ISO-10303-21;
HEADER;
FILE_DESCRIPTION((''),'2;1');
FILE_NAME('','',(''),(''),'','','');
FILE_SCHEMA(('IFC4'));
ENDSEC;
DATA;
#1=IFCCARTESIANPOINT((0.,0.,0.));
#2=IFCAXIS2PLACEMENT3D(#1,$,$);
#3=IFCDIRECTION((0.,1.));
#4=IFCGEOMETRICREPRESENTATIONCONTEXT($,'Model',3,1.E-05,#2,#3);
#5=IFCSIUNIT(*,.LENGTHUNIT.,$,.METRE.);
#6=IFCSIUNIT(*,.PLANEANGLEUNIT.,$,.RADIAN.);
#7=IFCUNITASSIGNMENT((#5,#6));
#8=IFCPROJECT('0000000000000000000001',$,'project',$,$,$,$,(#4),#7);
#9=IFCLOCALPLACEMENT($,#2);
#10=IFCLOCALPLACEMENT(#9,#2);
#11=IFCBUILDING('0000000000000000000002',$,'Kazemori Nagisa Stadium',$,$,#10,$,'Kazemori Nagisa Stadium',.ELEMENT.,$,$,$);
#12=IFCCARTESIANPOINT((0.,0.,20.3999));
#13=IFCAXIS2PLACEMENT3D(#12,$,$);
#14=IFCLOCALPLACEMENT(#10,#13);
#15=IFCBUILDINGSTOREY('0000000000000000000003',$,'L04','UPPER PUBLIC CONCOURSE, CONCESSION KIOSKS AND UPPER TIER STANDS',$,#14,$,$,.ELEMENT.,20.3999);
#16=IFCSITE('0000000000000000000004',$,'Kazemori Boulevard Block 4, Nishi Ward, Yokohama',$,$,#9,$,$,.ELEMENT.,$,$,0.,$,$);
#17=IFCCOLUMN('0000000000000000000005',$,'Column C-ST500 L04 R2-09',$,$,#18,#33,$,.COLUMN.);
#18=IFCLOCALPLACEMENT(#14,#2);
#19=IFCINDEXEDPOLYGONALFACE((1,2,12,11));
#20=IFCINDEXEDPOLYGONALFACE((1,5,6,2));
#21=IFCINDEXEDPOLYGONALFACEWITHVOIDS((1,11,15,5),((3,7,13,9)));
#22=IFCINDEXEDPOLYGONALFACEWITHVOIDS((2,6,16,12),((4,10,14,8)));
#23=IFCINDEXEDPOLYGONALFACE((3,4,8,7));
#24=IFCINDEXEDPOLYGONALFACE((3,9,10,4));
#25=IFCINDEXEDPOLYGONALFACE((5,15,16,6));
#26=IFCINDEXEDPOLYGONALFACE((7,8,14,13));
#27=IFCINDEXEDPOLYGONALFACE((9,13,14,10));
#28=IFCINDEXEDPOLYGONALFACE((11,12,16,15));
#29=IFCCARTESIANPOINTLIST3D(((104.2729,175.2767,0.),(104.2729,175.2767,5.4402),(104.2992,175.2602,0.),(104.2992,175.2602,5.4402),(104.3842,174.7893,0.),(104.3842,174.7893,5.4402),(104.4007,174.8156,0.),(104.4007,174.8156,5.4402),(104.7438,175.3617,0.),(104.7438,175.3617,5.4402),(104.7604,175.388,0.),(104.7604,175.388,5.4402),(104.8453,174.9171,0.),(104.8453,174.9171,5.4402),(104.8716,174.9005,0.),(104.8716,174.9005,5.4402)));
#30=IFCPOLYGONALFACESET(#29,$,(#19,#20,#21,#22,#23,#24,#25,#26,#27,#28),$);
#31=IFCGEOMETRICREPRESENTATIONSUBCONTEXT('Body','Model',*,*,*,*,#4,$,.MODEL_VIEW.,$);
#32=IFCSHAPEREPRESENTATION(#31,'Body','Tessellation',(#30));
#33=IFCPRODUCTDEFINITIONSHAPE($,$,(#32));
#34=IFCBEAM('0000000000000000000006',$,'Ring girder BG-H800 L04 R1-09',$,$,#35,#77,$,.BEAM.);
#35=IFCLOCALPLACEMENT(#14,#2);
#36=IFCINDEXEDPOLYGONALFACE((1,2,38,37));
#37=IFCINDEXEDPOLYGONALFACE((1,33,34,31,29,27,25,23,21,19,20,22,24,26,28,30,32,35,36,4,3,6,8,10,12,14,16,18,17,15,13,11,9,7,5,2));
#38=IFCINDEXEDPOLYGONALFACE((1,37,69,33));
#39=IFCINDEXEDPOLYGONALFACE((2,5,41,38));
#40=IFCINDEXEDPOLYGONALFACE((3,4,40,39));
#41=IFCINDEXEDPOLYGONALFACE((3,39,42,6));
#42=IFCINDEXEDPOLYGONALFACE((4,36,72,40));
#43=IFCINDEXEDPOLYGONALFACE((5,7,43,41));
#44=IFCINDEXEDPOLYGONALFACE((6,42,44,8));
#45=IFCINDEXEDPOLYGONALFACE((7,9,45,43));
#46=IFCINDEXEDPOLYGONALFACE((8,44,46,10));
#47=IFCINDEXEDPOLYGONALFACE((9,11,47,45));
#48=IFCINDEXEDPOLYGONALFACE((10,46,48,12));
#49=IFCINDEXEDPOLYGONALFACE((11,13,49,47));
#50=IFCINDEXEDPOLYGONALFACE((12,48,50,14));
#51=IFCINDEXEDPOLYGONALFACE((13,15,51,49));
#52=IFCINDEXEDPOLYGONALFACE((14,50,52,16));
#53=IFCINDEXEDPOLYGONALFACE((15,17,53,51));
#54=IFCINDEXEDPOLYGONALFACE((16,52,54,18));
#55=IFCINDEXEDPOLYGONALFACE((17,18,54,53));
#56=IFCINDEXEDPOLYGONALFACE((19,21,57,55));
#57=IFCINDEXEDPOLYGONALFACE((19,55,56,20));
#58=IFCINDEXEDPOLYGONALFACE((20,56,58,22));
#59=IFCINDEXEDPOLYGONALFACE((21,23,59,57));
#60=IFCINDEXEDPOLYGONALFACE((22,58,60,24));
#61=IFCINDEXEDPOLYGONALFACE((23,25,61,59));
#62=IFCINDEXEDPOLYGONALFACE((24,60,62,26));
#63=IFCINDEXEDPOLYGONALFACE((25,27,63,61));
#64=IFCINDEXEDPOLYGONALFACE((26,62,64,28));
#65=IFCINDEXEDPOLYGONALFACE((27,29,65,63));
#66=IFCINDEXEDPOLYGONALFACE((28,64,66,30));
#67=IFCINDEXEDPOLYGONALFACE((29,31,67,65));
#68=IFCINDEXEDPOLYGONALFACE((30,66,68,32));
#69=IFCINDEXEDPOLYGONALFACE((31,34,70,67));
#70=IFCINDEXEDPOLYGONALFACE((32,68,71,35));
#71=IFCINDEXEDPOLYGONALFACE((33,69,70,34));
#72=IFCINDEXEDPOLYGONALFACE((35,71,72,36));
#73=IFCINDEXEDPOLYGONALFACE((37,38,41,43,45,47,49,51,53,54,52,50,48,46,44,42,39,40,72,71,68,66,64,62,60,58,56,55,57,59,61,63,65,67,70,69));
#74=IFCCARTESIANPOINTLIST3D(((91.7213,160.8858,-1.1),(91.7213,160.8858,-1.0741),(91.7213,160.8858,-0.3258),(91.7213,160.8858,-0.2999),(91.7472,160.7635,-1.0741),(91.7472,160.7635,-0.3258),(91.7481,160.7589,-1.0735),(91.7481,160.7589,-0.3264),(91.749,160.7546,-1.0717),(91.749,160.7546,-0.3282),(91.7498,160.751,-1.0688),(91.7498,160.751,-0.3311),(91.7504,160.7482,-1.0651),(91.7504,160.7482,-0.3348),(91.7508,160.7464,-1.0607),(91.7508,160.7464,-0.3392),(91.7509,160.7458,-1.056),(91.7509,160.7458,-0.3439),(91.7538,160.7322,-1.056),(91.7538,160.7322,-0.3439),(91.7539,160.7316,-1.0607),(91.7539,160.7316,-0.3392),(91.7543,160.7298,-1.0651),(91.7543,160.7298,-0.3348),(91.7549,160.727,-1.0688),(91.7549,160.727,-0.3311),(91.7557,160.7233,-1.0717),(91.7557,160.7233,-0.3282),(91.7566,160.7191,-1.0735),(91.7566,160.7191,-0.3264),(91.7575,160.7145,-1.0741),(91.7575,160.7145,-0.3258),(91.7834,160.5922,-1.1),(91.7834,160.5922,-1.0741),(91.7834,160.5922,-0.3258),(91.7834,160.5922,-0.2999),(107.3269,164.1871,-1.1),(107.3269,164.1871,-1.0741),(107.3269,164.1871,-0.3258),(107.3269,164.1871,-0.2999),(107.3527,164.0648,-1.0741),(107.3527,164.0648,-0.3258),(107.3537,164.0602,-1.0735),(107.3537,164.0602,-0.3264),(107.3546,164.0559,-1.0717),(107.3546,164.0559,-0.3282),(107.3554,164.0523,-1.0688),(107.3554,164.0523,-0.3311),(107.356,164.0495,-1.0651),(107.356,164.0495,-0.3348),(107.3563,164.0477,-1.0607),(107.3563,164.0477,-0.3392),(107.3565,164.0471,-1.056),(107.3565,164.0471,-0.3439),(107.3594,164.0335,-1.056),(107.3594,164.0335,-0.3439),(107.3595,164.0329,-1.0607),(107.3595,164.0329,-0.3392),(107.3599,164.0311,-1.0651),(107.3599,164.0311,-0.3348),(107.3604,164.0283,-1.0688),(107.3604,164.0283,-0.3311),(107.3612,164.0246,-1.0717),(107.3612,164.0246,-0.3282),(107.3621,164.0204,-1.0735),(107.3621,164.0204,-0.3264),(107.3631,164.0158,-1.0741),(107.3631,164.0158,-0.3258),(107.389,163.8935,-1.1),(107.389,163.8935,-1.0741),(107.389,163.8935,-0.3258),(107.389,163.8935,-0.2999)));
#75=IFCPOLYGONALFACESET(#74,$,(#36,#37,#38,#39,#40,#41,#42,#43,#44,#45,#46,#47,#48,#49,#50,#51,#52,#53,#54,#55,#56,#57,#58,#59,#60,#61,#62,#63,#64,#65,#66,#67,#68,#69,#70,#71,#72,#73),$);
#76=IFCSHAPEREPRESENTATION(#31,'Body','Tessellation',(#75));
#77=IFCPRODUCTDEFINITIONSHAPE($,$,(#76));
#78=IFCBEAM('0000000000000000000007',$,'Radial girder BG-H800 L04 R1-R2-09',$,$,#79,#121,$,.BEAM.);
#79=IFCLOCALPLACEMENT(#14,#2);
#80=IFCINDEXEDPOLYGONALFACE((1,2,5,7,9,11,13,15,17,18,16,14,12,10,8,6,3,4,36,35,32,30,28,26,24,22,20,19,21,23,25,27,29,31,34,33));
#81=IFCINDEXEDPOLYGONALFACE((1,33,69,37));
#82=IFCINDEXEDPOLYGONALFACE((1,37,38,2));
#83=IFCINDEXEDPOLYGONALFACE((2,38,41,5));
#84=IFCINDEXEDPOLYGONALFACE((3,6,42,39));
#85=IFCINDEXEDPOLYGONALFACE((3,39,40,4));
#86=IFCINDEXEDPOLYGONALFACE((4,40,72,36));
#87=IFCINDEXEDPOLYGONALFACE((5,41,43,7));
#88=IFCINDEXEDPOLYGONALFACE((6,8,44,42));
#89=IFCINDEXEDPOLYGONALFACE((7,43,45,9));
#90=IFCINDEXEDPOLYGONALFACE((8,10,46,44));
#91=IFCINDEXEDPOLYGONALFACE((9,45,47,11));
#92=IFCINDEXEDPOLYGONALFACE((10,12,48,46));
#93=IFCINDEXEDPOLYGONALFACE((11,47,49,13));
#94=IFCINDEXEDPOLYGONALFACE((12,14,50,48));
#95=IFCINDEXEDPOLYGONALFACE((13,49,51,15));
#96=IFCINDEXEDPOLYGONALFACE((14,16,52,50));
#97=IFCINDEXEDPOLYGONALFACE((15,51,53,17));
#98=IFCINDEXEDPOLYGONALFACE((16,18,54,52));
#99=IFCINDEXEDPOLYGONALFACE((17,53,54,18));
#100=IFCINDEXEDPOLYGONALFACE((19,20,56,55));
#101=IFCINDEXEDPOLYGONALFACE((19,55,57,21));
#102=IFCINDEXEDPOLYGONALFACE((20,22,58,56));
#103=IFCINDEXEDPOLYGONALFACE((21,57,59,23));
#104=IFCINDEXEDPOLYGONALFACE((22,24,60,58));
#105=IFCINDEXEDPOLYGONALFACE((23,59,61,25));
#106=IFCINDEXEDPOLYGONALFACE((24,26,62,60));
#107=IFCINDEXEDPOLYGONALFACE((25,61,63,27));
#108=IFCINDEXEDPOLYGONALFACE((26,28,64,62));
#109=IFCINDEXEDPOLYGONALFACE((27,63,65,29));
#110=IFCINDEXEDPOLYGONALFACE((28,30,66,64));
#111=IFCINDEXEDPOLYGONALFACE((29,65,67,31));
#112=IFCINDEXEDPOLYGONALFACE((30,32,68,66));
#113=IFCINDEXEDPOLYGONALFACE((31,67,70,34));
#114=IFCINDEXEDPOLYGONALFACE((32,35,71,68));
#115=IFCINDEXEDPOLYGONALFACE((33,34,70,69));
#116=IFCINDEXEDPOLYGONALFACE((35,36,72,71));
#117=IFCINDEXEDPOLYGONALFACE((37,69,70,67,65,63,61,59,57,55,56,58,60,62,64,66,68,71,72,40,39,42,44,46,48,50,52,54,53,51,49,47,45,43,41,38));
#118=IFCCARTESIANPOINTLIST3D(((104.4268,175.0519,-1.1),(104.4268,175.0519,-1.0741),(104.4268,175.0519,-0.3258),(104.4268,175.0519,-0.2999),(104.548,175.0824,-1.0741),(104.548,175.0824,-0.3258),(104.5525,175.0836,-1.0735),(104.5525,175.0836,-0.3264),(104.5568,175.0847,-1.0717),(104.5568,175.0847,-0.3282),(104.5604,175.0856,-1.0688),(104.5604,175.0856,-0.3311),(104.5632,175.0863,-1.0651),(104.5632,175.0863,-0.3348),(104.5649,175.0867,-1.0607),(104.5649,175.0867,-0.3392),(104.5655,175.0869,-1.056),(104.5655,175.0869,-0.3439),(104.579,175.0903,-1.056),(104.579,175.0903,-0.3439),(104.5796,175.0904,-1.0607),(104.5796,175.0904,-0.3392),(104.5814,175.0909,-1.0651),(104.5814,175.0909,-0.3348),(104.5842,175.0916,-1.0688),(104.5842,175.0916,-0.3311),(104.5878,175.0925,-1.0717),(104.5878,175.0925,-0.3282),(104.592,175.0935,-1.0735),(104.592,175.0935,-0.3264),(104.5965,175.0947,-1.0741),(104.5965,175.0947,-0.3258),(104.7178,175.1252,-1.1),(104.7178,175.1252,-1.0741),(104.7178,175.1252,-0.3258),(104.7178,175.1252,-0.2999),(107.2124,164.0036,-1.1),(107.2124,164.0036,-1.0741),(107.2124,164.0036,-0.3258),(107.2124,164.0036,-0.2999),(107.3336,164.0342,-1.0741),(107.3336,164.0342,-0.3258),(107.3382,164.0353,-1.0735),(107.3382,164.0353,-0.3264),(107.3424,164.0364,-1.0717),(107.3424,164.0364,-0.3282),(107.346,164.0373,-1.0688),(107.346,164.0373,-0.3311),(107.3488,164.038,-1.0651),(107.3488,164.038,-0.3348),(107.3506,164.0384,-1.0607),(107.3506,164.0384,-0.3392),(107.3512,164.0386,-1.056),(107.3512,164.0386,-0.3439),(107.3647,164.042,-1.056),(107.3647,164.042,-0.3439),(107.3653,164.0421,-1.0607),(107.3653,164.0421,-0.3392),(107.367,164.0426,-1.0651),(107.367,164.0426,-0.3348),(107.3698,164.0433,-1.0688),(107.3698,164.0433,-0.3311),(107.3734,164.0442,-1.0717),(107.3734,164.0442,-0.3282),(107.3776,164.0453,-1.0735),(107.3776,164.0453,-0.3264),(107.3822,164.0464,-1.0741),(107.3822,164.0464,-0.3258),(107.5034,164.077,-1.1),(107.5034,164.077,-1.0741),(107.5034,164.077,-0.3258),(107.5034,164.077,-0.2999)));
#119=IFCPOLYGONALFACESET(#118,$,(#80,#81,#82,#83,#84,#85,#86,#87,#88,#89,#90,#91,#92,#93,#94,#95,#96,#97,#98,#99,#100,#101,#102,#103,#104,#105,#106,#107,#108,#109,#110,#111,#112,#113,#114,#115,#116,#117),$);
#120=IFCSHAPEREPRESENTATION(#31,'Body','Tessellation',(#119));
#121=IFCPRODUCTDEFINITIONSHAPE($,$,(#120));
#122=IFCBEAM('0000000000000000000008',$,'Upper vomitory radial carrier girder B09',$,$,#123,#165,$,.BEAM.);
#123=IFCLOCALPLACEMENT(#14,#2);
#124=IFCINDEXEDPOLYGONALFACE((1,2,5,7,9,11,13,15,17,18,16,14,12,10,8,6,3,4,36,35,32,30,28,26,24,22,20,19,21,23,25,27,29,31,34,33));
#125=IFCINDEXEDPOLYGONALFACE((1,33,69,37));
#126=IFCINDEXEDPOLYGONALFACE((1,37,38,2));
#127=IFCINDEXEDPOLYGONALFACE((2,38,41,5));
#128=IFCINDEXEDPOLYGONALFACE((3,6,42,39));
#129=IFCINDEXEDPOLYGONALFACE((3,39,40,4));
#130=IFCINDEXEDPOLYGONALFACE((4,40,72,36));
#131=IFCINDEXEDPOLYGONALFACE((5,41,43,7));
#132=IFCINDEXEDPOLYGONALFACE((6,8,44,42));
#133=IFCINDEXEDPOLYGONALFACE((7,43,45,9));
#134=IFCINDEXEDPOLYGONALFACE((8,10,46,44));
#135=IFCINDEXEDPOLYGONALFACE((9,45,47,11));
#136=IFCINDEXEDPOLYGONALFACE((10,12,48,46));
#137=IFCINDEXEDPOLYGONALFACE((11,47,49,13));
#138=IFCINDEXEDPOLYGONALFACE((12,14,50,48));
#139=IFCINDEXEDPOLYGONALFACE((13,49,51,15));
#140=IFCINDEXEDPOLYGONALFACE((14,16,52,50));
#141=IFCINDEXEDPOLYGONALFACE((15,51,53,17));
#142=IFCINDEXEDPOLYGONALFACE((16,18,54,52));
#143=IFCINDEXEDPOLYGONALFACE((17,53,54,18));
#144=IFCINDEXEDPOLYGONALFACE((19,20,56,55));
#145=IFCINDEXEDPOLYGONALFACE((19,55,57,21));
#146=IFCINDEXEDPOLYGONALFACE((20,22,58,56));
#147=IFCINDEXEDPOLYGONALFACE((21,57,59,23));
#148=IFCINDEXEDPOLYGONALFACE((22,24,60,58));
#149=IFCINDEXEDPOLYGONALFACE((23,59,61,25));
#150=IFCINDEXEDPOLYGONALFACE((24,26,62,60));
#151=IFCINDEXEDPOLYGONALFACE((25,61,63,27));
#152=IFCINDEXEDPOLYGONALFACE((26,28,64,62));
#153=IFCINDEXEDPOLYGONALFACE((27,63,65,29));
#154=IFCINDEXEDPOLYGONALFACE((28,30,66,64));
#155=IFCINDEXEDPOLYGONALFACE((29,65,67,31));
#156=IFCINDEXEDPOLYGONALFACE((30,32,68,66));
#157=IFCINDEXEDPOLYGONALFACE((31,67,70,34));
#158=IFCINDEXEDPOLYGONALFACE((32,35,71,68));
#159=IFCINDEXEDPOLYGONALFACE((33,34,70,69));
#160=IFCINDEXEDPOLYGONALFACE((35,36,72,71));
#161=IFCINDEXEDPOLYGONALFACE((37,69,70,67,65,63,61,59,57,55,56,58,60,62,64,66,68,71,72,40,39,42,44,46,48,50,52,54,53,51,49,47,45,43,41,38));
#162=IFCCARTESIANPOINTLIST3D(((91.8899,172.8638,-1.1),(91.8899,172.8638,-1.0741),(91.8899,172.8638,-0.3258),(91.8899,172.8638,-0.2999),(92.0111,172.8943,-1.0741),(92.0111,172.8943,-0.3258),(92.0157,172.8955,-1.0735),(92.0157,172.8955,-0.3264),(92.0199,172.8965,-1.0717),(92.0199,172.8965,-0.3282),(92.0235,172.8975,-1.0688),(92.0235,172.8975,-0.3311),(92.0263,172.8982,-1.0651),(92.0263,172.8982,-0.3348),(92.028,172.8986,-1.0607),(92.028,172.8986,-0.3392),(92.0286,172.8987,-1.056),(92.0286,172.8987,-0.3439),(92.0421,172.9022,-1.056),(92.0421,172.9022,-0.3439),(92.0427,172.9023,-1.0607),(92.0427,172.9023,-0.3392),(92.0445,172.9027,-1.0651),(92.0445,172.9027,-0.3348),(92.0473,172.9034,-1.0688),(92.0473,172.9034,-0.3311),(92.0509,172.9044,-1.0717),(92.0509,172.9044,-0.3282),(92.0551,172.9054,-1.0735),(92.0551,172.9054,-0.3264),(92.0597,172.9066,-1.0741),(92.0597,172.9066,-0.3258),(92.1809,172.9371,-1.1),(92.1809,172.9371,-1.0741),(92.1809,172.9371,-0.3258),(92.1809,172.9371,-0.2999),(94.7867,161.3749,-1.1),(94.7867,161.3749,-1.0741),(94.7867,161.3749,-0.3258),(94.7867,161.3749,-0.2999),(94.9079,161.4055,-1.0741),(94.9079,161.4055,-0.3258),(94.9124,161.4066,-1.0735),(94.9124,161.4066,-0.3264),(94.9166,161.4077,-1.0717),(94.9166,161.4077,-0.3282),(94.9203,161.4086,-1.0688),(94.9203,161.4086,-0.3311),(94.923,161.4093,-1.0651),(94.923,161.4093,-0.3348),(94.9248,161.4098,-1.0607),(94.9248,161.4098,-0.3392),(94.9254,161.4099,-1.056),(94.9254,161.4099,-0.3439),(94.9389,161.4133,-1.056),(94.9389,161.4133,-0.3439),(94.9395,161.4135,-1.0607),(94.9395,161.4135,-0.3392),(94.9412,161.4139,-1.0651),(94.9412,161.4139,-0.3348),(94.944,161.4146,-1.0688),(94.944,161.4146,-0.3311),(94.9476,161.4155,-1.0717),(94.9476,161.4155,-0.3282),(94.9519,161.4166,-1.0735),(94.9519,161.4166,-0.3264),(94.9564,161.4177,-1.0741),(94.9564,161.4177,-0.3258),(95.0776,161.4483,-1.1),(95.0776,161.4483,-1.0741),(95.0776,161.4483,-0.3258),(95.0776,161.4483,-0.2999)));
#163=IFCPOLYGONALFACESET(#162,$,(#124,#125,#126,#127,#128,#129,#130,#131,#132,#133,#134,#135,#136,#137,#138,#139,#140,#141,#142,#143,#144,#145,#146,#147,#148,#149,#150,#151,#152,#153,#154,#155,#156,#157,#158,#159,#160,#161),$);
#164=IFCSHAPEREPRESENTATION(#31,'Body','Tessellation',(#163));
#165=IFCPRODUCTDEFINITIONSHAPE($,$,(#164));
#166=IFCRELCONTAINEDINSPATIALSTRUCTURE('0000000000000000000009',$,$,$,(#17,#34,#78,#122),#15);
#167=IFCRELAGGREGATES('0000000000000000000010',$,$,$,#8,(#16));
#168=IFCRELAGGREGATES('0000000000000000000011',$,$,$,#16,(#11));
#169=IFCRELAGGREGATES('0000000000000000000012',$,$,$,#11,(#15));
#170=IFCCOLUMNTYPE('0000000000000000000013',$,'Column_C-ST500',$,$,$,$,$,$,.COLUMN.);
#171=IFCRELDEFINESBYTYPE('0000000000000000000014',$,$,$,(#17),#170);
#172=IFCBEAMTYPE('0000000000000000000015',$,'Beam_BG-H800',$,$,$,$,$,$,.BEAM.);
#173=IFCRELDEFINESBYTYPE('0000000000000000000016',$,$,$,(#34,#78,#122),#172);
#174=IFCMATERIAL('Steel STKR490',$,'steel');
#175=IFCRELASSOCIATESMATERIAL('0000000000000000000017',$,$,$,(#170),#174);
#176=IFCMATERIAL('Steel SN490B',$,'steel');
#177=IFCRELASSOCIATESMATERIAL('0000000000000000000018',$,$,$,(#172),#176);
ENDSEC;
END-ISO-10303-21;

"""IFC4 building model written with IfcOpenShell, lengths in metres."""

from ifc_helpers import new_model, si_unit, direction, frame, origin, origin_2d, place, context, subcontext, project, spatial, hollow_rectangle, i_section, extrude, material, material_profile, profile_set, type_object, element, save


model = new_model("IFC4")

# Units and contexts
model_context = context("Model", 3, precision=1e-05, world=origin(), true_north=direction((0.0, 1.0)))
body_context = subcontext(model_context, "Body", "Model", "MODEL_VIEW")
ifc_project = project(units=[si_unit("LENGTHUNIT", "METRE"), si_unit("PLANEANGLEUNIT", "RADIAN")], contexts=[model_context])

# Site, building, storey
site_placement = place(None, origin())
site = spatial("IfcSite", under=ifc_project, at=site_placement, Name="Kazemori Boulevard Block 4, Nishi Ward, Yokohama", CompositionType="ELEMENT", RefElevation=0.0)
building_placement = place(site_placement, origin())
building = spatial("IfcBuilding", under=site, at=building_placement, Name="Kazemori Nagisa Stadium", LongName="Kazemori Nagisa Stadium", CompositionType="ELEMENT")
storey_placement = place(building_placement, frame((0.0, 0.0, 20.3999)))
storey = spatial("IfcBuildingStorey", under=building, at=storey_placement, Name="L04", Description="UPPER PUBLIC CONCOURSE, CONCESSION KIOSKS AND UPPER TIER STANDS", CompositionType="ELEMENT", Elevation=20.3999)

# Column
ifc_material_1 = material(Name="Steel STKR490", Category="steel")
ifc_material_profile_1 = material_profile(ifc_material_1, hollow_rectangle(XDim=0.5, YDim=0.5, WallThickness=0.022, at=origin_2d()), Name="SHS-500x500x22")
ifc_profile_set_1 = profile_set([ifc_material_profile_1], Name="Steel STKR490")
column_type = type_object("IfcColumnType", Name="Column_C-ST500", PredefinedType="COLUMN", material=ifc_profile_set_1)
column_placement = place(storey_placement, frame((104.5723, 175.0886, 0.0), z_axis=(0.0, 0.0, 1.0), x_axis=(-0.222521, 0.974928, 0.0)))
element("IfcColumn", 1, at=column_placement, inside=storey, type_object=column_type, Name="Column C-ST500 L04 R2-09", PredefinedType="COLUMN", context=body_context, shape_type="SweptSolid", body=[
    extrude(hollow_rectangle(XDim=0.5, YDim=0.5, WallThickness=0.022, at=origin_2d()), origin(), (0.0, 0.0, 1.0), 5.4402),
])

# Beams
ifc_material_2 = material(Name="Steel SN490B", Category="steel")
ifc_material_profile_2 = material_profile(ifc_material_2, i_section(OverallWidth=0.3, OverallDepth=0.8, WebThickness=0.0139, FlangeThickness=0.0259, FilletRadius=0.0181, at=origin_2d()), Name="H-800x300x14x26")
ifc_profile_set_2 = profile_set([ifc_material_profile_2], Name="Steel SN490B")
beam_type_1 = type_object("IfcBeamType", Name="Beam_BG-H800", PredefinedType="BEAM", material=ifc_profile_set_2)
beam_1_placement = place(storey_placement, frame((107.3579, 164.0403, -0.7), z_axis=(-0.978348, -0.206965, 0.0), x_axis=(0.206965, -0.978348, 0.0)))
element("IfcBeam", 2, at=beam_1_placement, inside=storey, type_object=beam_type_1, Name="Ring girder BG-H800 L04 R1-09", PredefinedType="BEAM", context=body_context, shape_type="SweptSolid", body=[
    extrude(i_section(OverallWidth=0.3, OverallDepth=0.8, WebThickness=0.0139, FlangeThickness=0.0259, FilletRadius=0.0181, at=origin_2d()), origin(), (0.0, 0.0, 1.0), 15.9509),
])
beam_2_placement = place(storey_placement, frame((107.3579, 164.0403, -0.7), z_axis=(-0.244481, 0.969654, 0.0), x_axis=(-0.969654, -0.244481, 0.0)))
element("IfcBeam", 3, at=beam_2_placement, inside=storey, type_object=beam_type_1, Name="Radial girder BG-H800 L04 R1-R2-09", PredefinedType="BEAM", context=body_context, shape_type="SweptSolid", body=[
    extrude(i_section(OverallWidth=0.3, OverallDepth=0.8, WebThickness=0.0139, FlangeThickness=0.0259, FilletRadius=0.0181, at=origin_2d()), origin(), (0.0, 0.0, 1.0), 11.394),
])
beam_3_placement = place(storey_placement, frame((94.9321, 161.4116, -0.7), z_axis=(-0.244484, 0.969653, 0.0), x_axis=(-0.969653, -0.244484, 0.0)))
element("IfcBeam", 4, at=beam_3_placement, inside=storey, type_object=beam_type_1, Name="Upper vomitory radial carrier girder B09", PredefinedType="BEAM", context=body_context, shape_type="SweptSolid", body=[
    extrude(i_section(OverallWidth=0.3, OverallDepth=0.8, WebThickness=0.0139, FlangeThickness=0.0259, FilletRadius=0.0181, at=origin_2d()), origin(), (0.0, 0.0, 1.0), 11.8484),
])

save(model, "model.ifc")
